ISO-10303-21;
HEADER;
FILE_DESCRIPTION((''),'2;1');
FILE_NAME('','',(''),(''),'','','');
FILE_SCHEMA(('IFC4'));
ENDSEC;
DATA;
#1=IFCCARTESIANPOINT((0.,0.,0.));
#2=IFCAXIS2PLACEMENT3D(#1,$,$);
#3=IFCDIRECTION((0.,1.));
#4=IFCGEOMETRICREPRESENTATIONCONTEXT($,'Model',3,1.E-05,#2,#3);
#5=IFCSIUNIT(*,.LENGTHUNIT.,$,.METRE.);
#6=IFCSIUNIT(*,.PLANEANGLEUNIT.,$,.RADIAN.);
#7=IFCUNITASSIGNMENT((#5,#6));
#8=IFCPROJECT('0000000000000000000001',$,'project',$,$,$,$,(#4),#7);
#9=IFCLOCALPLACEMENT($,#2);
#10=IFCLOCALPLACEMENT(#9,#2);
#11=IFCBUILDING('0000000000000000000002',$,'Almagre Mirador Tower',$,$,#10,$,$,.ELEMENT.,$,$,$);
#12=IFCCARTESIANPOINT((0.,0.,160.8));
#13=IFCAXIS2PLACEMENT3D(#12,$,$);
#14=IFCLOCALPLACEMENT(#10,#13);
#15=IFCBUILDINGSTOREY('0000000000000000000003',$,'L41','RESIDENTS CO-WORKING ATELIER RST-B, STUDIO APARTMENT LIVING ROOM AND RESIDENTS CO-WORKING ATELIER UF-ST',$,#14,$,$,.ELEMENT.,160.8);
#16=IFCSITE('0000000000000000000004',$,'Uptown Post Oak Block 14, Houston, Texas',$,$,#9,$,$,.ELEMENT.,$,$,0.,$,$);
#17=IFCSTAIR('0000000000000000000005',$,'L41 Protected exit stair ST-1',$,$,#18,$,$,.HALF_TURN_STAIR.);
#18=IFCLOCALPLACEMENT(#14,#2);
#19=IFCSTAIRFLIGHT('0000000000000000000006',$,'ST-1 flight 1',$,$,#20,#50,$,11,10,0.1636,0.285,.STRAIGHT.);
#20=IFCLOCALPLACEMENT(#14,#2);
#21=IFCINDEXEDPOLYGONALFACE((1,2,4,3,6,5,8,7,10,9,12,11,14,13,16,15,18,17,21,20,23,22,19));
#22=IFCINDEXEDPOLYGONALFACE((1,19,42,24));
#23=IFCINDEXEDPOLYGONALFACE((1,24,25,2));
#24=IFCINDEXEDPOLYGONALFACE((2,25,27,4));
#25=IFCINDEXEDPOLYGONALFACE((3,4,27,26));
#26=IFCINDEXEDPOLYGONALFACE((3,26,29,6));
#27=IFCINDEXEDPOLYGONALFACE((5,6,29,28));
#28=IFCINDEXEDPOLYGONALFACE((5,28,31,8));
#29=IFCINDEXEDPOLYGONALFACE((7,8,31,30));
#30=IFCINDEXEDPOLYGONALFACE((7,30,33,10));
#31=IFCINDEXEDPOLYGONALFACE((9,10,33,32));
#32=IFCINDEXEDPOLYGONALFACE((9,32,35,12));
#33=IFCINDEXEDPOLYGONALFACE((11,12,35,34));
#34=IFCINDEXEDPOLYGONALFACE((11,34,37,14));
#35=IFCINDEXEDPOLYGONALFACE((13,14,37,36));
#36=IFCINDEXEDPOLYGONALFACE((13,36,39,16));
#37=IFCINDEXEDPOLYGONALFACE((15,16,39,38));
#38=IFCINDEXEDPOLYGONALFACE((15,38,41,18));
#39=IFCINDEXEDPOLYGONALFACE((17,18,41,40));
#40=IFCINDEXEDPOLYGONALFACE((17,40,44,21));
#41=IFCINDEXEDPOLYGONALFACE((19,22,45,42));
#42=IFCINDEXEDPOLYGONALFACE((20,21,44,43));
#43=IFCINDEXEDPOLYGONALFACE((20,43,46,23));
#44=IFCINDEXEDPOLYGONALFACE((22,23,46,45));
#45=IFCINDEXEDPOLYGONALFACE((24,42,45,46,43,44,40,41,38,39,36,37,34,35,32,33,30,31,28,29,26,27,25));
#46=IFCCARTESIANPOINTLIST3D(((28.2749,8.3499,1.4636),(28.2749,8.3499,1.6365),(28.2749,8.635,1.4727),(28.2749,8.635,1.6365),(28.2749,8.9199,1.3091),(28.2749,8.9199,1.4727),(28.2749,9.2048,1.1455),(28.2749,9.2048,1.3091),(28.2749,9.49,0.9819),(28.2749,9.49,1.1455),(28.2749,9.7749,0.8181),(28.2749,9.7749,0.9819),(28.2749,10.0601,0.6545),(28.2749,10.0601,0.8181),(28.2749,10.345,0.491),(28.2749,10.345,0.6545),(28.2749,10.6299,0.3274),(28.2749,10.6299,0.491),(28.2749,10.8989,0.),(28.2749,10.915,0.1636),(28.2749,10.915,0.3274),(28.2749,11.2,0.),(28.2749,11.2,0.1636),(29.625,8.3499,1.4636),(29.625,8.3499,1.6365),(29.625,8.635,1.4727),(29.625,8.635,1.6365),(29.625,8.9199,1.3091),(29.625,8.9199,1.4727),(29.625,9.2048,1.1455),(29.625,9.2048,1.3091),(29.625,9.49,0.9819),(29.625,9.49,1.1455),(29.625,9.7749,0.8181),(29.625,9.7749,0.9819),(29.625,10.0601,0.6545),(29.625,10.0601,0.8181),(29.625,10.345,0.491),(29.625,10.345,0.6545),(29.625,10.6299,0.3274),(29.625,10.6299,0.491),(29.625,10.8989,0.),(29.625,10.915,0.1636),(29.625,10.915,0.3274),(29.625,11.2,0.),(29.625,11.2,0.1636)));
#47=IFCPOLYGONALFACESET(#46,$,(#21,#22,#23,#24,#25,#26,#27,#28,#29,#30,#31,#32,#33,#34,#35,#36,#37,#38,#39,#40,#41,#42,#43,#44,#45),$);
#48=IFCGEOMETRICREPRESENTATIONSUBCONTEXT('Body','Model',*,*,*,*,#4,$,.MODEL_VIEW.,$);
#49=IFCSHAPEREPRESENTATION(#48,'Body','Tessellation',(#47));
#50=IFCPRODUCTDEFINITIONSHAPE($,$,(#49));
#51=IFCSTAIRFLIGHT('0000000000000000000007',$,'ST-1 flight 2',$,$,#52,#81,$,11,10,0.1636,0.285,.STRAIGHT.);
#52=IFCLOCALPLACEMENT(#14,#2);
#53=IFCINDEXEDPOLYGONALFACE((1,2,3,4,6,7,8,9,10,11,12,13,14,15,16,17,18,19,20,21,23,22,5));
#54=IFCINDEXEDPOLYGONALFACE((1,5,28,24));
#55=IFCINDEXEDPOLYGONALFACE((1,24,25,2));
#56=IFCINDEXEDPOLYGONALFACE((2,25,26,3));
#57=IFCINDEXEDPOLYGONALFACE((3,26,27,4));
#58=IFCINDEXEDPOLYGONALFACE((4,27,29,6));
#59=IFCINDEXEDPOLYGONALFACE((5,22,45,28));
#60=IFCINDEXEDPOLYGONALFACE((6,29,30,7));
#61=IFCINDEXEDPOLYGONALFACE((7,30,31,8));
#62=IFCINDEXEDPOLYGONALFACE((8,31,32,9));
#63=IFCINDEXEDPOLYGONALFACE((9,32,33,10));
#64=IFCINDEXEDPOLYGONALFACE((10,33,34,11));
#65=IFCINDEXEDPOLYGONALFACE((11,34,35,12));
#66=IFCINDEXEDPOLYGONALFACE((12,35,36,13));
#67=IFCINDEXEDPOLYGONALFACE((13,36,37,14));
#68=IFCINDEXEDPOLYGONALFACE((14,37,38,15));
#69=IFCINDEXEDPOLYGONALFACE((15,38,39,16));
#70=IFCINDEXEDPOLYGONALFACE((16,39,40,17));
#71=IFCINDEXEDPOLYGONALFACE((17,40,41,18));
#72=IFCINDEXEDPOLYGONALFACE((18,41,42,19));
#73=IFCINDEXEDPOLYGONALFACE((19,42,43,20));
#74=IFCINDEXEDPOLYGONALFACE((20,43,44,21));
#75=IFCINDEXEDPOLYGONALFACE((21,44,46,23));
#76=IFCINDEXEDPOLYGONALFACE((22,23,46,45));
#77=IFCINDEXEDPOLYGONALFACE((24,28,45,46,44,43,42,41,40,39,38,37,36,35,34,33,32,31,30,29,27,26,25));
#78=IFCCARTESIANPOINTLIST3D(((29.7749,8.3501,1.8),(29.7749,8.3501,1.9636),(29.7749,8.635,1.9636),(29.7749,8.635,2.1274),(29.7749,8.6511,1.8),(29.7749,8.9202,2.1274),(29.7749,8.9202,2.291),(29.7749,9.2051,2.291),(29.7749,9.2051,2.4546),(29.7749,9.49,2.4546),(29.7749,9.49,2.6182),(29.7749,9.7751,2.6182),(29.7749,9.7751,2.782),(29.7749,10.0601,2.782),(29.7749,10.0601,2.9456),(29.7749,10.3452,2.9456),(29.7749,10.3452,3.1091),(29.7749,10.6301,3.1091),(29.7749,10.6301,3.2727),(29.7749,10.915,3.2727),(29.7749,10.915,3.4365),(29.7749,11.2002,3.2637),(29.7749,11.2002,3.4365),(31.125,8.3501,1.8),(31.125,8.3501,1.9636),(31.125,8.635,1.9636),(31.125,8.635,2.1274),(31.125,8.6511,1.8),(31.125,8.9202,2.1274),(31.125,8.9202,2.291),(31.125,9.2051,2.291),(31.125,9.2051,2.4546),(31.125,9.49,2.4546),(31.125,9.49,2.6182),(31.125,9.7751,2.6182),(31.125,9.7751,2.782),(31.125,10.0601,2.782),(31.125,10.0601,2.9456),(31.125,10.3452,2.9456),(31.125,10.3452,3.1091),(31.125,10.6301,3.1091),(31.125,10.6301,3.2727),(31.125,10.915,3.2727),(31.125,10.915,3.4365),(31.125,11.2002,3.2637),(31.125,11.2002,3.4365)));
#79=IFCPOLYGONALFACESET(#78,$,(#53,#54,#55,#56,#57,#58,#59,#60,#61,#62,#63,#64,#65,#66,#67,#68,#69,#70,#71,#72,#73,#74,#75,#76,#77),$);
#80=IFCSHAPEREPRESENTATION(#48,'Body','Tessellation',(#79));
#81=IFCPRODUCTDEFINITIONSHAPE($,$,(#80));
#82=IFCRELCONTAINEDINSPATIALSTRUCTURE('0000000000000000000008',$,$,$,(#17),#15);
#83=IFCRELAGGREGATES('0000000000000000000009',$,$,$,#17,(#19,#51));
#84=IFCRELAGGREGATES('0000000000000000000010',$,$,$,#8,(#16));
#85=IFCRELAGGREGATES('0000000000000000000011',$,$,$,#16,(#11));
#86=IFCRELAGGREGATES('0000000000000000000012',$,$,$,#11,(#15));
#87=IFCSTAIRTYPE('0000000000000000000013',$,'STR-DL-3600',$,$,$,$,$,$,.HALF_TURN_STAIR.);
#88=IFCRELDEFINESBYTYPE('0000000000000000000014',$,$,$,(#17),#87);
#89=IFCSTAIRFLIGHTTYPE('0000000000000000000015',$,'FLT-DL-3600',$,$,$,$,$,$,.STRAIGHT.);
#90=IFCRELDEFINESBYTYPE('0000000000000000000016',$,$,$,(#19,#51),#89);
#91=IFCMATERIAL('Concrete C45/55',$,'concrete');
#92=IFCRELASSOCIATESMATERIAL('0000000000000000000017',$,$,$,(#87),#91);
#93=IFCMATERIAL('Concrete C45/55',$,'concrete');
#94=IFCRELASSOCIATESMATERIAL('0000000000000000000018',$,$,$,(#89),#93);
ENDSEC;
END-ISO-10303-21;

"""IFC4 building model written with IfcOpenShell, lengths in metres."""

from ifc_helpers import new_model, si_unit, direction, frame, origin, place, context, subcontext, project, spatial, polyline, outline, extrude, material, type_object, element, aggregate, save


model = new_model("IFC4")

# Units and contexts
model_context = context("Model", 3, precision=1e-05, world=origin(), true_north=direction((0.0, 1.0)))
body_context = subcontext(model_context, "Body", "Model", "MODEL_VIEW")
ifc_project = project(units=[si_unit("LENGTHUNIT", "METRE"), si_unit("PLANEANGLEUNIT", "RADIAN")], contexts=[model_context])

# Site, building, storey
site_placement = place(None, origin())
site = spatial("IfcSite", under=ifc_project, at=site_placement, Name="Uptown Post Oak Block 14, Houston, Texas", CompositionType="ELEMENT", RefElevation=0.0)
building_placement = place(site_placement, origin())
building = spatial("IfcBuilding", under=site, at=building_placement, Name="Almagre Mirador Tower", CompositionType="ELEMENT")
storey_placement = place(building_placement, frame((0.0, 0.0, 160.8)))
storey = spatial("IfcBuildingStorey", under=building, at=storey_placement, Name="L41", Description="RESIDENTS CO-WORKING ATELIER RST-B, STUDIO APARTMENT LIVING ROOM AND RESIDENTS CO-WORKING ATELIER UF-ST", CompositionType="ELEMENT", Elevation=160.8)

# Stair, stair flights
ifc_material_1 = material(Name="Concrete C45/55", Category="concrete")
stair_type = type_object("IfcStairType", Name="STR-DL-3600", PredefinedType="HALF_TURN_STAIR", material=ifc_material_1)
stair_placement = place(storey_placement, origin())
stair = element("IfcStair", 1, at=stair_placement, inside=storey, type_object=stair_type, Name="L41 Protected exit stair ST-1", PredefinedType="HALF_TURN_STAIR")
ifc_material_2 = material(Name="Concrete C45/55", Category="concrete")
stair_flight_type = type_object("IfcStairFlightType", Name="FLT-DL-3600", PredefinedType="STRAIGHT", material=ifc_material_2)
stair_flight_1_placement = place(storey_placement, frame((28.95, 11.2, 0.0), z_axis=(0.0, 0.0, 1.0), x_axis=(0.0, -1.0, 0.0)))
stair_flight_1 = element("IfcStairFlight", 2, at=stair_flight_1_placement, type_object=stair_flight_type, Name="ST-1 flight 1", NumberOfRisers=11, NumberOfTreads=10, PredefinedType="STRAIGHT", RiserHeight=0.1636, TreadLength=0.285, context=body_context, shape_type="SweptSolid", body=[
    extrude(outline(polyline([(0.0, 0.0), (0.0, 0.1636), (0.2849, 0.1636), (0.2849, 0.3274), (0.5701, 0.3274), (0.5701, 0.491), (0.855, 0.491), (0.855, 0.6545), (1.1399, 0.6545), (1.1399, 0.8181), (1.425, 0.8181), (1.425, 0.9819), (1.71, 0.9819), (1.71, 1.1455), (1.9951, 1.1455), (1.9951, 1.3091), (2.28, 1.3091), (2.28, 1.4727), (2.5649, 1.4727), (2.5649, 1.6365), (2.8501, 1.6365), (2.8501, 1.8), (2.8501, 1.4636), (0.301, 0.0), (0.0, 0.0)])), frame((0.0, 0.675, 0.0), z_axis=(0.0, -1.0, 0.0), x_axis=(1.0, 0.0, 0.0)), (0.0, 0.0, 1.0), 1.3501),
])
stair_flight_2_placement = place(storey_placement, frame((30.45, 8.3501, 1.8), z_axis=(0.0, 0.0, 1.0), x_axis=(0.0, 1.0, 0.0)))
stair_flight_2 = element("IfcStairFlight", 3, at=stair_flight_2_placement, type_object=stair_flight_type, Name="ST-1 flight 2", NumberOfRisers=11, NumberOfTreads=10, PredefinedType="STRAIGHT", RiserHeight=0.1636, TreadLength=0.285, context=body_context, shape_type="SweptSolid", body=[
    extrude(outline(polyline([(0.0, 0.0), (0.0, 0.1636), (0.2849, 0.1636), (0.2849, 0.3274), (0.5701, 0.3274), (0.5701, 0.491), (0.855, 0.491), (0.855, 0.6545), (1.1399, 0.6545), (1.1399, 0.8181), (1.425, 0.8181), (1.425, 0.9819), (1.71, 0.9819), (1.71, 1.1455), (1.9951, 1.1455), (1.9951, 1.3091), (2.28, 1.3091), (2.28, 1.4727), (2.5649, 1.4727), (2.5649, 1.6365), (2.8501, 1.6365), (2.8501, 1.8), (2.8501, 1.4636), (0.301, 0.0), (0.0, 0.0)])), frame((0.0, 0.675, 0.0), z_axis=(0.0, -1.0, 0.0), x_axis=(1.0, 0.0, 0.0)), (0.0, 0.0, 1.0), 1.3501),
])
aggregate(stair, [stair_flight_1, stair_flight_2])

save(model, "model.ifc")
